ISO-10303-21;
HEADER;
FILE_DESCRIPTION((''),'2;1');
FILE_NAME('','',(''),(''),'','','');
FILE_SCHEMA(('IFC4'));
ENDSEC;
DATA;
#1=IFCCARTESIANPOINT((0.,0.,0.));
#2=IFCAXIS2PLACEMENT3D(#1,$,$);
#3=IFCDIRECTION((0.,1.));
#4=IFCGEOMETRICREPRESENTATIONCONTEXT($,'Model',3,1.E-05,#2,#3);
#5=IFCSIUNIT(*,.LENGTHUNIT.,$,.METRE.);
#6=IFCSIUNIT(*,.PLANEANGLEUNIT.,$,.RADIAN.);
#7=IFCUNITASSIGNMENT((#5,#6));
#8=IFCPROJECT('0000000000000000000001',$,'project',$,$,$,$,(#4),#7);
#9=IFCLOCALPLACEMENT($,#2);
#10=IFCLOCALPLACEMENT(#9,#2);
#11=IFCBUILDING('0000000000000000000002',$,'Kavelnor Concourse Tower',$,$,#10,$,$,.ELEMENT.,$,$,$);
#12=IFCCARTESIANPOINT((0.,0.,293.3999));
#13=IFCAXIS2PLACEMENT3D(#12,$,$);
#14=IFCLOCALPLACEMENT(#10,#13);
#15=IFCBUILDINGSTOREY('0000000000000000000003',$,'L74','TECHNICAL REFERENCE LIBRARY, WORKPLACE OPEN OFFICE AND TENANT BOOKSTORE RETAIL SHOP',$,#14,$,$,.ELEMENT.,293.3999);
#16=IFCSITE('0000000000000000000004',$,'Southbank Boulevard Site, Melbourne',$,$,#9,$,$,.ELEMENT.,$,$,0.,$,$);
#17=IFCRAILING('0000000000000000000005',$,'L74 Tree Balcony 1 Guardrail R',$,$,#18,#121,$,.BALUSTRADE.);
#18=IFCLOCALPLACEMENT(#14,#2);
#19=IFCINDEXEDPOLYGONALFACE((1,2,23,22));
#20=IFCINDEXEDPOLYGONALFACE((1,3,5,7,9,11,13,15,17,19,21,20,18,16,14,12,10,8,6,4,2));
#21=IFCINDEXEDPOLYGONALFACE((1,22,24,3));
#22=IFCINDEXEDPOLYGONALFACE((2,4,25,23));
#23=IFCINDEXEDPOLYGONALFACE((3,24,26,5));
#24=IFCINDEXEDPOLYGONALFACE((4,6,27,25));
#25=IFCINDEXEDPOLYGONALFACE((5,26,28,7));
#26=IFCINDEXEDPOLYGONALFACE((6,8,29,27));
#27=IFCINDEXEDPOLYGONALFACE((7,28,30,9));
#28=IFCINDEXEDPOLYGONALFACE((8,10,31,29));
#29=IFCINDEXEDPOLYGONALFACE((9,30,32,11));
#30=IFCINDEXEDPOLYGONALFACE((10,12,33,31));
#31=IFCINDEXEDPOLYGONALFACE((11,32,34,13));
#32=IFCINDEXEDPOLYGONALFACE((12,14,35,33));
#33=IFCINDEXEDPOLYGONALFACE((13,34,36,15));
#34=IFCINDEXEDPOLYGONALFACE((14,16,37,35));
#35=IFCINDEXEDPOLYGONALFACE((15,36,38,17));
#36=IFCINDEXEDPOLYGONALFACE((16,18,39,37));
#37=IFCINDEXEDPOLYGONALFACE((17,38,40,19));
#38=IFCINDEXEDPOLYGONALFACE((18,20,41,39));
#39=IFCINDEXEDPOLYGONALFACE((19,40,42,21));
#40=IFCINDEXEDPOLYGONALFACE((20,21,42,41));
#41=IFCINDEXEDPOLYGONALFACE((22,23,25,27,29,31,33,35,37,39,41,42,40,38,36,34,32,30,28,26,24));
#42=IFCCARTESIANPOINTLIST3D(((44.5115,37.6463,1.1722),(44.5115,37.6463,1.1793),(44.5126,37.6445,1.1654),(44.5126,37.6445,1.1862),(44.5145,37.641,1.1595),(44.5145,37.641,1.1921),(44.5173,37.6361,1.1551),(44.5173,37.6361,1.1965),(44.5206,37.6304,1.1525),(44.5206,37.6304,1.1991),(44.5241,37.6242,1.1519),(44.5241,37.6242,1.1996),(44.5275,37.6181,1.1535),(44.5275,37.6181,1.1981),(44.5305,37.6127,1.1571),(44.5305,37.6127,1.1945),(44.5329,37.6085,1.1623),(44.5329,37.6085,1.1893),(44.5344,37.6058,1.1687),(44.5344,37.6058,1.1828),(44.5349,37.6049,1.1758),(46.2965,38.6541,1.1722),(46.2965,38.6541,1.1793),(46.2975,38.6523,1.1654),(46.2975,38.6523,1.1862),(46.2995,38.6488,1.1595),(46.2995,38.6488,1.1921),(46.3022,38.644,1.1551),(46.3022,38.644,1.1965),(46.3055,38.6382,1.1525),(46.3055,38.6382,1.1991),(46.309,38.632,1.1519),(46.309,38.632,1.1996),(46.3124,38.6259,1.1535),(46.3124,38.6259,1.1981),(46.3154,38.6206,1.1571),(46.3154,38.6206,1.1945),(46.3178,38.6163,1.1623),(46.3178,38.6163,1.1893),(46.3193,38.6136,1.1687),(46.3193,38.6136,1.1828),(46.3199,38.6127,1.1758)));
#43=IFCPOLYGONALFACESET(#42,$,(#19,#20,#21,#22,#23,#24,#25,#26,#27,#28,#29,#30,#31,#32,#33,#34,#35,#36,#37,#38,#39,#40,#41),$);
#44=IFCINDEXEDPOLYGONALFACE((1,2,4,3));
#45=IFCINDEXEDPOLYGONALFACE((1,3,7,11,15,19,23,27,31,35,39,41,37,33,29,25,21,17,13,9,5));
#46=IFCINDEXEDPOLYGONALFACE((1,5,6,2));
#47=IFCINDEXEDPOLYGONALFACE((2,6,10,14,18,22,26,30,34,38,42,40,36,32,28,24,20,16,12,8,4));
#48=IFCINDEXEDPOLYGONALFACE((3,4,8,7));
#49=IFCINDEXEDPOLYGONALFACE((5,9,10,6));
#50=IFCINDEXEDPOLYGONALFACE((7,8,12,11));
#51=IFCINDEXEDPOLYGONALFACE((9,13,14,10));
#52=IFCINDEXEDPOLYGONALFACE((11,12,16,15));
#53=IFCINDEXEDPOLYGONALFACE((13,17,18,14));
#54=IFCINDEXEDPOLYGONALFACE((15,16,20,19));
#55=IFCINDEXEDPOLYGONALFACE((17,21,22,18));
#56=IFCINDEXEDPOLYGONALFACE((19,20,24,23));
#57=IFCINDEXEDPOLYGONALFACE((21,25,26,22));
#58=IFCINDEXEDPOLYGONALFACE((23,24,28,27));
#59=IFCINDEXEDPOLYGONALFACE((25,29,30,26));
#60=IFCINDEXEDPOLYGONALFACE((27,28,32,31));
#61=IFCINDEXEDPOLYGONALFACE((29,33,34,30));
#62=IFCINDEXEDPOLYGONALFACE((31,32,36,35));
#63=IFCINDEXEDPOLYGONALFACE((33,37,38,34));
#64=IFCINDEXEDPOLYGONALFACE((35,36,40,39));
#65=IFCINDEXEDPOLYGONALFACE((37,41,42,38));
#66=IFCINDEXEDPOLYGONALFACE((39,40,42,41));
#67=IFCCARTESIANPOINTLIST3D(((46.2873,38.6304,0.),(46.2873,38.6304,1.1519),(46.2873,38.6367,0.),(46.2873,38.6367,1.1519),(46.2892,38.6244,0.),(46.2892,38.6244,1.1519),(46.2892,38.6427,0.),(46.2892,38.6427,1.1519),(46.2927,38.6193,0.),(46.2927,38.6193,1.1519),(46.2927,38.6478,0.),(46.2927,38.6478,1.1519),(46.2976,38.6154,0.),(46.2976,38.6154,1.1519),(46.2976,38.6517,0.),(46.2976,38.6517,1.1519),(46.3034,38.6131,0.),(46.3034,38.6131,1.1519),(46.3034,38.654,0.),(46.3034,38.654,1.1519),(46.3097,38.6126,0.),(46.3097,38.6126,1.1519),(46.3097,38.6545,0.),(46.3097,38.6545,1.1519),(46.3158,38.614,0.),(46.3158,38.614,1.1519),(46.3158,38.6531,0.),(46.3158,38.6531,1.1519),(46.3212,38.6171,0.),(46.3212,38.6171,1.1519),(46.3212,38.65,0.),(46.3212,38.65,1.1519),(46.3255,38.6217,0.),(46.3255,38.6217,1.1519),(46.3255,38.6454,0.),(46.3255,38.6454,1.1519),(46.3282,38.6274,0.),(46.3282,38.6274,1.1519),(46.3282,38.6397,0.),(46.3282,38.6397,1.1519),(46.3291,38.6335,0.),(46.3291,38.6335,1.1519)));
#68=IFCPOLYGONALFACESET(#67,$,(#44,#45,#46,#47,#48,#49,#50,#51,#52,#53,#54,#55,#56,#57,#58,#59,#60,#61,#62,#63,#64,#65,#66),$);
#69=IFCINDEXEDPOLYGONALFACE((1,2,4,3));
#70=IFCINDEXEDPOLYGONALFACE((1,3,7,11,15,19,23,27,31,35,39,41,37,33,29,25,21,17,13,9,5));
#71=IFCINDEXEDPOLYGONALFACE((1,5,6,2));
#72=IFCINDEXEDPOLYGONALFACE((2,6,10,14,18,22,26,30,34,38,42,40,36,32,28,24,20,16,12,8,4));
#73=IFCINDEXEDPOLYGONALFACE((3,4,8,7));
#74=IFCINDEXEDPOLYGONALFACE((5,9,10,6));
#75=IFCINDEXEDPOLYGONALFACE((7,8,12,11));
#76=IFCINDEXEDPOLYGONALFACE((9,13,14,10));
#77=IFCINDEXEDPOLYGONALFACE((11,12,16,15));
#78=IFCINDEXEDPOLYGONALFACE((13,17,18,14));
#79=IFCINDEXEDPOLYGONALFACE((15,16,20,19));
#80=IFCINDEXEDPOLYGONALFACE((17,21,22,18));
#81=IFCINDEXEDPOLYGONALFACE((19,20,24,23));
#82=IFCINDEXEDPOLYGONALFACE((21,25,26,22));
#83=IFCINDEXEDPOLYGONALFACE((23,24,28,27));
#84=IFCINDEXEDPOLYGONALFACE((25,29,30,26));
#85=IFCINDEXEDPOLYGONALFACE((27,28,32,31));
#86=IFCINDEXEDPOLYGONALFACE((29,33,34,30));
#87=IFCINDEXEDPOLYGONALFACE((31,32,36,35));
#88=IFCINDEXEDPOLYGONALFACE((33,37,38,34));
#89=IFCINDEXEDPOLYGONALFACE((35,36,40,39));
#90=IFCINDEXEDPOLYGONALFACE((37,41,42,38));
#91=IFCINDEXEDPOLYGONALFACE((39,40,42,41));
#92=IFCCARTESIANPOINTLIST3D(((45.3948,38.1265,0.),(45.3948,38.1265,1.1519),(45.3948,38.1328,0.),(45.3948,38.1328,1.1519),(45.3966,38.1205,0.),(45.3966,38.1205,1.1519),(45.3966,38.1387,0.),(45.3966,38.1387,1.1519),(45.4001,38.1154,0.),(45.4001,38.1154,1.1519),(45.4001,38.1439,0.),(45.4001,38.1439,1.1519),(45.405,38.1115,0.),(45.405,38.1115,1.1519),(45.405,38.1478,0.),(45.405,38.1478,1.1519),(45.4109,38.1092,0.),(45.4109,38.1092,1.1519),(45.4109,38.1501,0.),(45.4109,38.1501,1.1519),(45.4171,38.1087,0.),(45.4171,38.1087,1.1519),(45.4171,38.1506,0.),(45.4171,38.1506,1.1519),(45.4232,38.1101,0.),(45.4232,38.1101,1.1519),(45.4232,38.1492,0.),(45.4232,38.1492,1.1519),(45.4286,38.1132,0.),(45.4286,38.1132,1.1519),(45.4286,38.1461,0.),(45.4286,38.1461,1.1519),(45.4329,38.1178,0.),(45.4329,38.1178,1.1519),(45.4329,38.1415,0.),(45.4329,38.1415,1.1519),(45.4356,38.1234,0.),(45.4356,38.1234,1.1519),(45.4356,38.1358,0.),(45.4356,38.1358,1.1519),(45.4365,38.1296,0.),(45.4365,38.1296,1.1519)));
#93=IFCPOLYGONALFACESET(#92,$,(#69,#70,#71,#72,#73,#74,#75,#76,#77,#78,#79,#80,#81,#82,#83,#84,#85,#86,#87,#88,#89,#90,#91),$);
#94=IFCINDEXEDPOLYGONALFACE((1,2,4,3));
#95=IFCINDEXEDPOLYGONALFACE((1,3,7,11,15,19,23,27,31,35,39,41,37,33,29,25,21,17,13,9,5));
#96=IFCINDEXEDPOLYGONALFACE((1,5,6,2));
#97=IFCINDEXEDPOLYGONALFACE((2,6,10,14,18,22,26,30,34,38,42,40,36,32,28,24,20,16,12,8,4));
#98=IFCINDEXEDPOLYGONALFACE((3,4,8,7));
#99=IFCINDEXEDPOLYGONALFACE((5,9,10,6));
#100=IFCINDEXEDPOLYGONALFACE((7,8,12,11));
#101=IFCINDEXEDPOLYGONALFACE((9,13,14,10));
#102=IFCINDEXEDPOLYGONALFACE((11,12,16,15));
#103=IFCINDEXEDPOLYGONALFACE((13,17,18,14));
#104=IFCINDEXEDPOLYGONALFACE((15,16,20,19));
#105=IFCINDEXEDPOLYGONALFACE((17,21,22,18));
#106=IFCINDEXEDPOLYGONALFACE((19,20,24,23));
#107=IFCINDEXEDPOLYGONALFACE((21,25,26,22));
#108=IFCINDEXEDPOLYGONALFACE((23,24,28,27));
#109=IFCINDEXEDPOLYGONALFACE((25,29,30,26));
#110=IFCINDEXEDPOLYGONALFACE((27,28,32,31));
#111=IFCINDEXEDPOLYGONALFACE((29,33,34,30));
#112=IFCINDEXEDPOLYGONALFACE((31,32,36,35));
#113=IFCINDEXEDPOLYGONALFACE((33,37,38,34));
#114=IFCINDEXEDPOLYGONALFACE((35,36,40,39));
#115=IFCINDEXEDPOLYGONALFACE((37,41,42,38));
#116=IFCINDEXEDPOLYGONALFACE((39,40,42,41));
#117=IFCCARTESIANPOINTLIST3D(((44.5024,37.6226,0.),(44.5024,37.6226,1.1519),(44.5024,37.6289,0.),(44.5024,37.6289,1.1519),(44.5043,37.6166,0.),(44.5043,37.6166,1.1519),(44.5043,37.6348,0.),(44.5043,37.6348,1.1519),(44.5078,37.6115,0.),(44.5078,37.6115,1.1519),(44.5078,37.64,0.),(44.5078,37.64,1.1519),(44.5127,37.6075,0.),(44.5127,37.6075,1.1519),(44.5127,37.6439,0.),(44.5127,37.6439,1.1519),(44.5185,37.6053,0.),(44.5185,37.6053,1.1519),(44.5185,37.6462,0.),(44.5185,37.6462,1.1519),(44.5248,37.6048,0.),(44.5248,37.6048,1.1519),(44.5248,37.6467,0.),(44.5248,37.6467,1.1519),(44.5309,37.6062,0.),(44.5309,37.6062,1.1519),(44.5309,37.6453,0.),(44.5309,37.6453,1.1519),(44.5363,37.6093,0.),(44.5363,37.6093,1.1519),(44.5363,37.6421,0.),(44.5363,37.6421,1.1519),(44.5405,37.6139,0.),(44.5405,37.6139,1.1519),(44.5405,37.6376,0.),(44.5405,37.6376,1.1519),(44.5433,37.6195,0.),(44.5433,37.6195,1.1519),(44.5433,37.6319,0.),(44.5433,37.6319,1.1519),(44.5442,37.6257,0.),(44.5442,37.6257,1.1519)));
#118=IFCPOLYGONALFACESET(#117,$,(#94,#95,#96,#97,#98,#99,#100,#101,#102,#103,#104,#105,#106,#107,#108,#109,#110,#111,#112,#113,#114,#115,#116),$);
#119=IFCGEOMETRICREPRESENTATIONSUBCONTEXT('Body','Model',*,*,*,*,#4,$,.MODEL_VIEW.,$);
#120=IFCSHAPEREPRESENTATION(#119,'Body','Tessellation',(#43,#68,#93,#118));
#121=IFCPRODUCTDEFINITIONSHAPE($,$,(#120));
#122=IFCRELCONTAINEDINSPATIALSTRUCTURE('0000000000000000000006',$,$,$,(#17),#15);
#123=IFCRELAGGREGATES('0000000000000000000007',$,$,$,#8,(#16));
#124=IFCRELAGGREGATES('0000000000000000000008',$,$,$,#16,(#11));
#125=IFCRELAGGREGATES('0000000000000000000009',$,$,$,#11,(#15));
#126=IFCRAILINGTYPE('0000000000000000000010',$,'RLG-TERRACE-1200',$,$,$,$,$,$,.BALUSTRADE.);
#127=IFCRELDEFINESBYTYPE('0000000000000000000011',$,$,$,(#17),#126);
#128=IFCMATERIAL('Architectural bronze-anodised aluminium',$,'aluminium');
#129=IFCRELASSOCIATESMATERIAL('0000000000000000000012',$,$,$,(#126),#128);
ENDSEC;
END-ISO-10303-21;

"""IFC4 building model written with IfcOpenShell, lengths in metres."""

from ifc_helpers import new_model, si_unit, direction, frame, origin, origin_2d, place, context, subcontext, project, spatial, circle, extrude, material, type_object, element, save


model = new_model("IFC4")

# Units and contexts
model_context = context("Model", 3, precision=1e-05, world=origin(), true_north=direction((0.0, 1.0)))
body_context = subcontext(model_context, "Body", "Model", "MODEL_VIEW")
ifc_project = project(units=[si_unit("LENGTHUNIT", "METRE"), si_unit("PLANEANGLEUNIT", "RADIAN")], contexts=[model_context])

# Site, building, storey
site_placement = place(None, origin())
site = spatial("IfcSite", under=ifc_project, at=site_placement, Name="Southbank Boulevard Site, Melbourne", CompositionType="ELEMENT", RefElevation=0.0)
building_placement = place(site_placement, origin())
building = spatial("IfcBuilding", under=site, at=building_placement, Name="Kavelnor Concourse Tower", CompositionType="ELEMENT")
storey_placement = place(building_placement, frame((0.0, 0.0, 293.3999)))
storey = spatial("IfcBuildingStorey", under=building, at=storey_placement, Name="L74", Description="TECHNICAL REFERENCE LIBRARY, WORKPLACE OPEN OFFICE AND TENANT BOOKSTORE RETAIL SHOP", CompositionType="ELEMENT", Elevation=293.3999)

# Railing
ifc_material_1 = material(Name="Architectural bronze-anodised aluminium", Category="aluminium")
railing_type = type_object("IfcRailingType", Name="RLG-TERRACE-1200", PredefinedType="BALUSTRADE", material=ifc_material_1)
railing_1_placement = place(storey_placement, frame((46.3081, 38.6335, 0.0)))
element("IfcRailing", 1, at=railing_1_placement, inside=storey, type_object=railing_type, Name="L74 Tree Balcony 1 Guardrail R", PredefinedType="BALUSTRADE", context=body_context, shape_type="SweptSolid", body=[
    extrude(circle(Radius=0.0239, at=origin_2d()), frame((0.0, 0.0, 1.1758), z_axis=(-0.870782, -0.491669, 0.0), x_axis=(0.491669, -0.870782, 0.0)), (0.0, 0.0, 1.0), 2.0498),
    extrude(circle(Radius=0.021, at=origin_2d()), origin(), (0.0, 0.0, 1.0), 1.1519),
    extrude(circle(Radius=0.021, at=origin_2d()), frame((-0.8926, -0.5039, 0.0)), (0.0, 0.0, 1.0), 1.1519),
    extrude(circle(Radius=0.021, at=origin_2d()), frame((-1.7849, -1.0078, 0.0)), (0.0, 0.0, 1.0), 1.1519),
])

save(model, "model.ifc")
